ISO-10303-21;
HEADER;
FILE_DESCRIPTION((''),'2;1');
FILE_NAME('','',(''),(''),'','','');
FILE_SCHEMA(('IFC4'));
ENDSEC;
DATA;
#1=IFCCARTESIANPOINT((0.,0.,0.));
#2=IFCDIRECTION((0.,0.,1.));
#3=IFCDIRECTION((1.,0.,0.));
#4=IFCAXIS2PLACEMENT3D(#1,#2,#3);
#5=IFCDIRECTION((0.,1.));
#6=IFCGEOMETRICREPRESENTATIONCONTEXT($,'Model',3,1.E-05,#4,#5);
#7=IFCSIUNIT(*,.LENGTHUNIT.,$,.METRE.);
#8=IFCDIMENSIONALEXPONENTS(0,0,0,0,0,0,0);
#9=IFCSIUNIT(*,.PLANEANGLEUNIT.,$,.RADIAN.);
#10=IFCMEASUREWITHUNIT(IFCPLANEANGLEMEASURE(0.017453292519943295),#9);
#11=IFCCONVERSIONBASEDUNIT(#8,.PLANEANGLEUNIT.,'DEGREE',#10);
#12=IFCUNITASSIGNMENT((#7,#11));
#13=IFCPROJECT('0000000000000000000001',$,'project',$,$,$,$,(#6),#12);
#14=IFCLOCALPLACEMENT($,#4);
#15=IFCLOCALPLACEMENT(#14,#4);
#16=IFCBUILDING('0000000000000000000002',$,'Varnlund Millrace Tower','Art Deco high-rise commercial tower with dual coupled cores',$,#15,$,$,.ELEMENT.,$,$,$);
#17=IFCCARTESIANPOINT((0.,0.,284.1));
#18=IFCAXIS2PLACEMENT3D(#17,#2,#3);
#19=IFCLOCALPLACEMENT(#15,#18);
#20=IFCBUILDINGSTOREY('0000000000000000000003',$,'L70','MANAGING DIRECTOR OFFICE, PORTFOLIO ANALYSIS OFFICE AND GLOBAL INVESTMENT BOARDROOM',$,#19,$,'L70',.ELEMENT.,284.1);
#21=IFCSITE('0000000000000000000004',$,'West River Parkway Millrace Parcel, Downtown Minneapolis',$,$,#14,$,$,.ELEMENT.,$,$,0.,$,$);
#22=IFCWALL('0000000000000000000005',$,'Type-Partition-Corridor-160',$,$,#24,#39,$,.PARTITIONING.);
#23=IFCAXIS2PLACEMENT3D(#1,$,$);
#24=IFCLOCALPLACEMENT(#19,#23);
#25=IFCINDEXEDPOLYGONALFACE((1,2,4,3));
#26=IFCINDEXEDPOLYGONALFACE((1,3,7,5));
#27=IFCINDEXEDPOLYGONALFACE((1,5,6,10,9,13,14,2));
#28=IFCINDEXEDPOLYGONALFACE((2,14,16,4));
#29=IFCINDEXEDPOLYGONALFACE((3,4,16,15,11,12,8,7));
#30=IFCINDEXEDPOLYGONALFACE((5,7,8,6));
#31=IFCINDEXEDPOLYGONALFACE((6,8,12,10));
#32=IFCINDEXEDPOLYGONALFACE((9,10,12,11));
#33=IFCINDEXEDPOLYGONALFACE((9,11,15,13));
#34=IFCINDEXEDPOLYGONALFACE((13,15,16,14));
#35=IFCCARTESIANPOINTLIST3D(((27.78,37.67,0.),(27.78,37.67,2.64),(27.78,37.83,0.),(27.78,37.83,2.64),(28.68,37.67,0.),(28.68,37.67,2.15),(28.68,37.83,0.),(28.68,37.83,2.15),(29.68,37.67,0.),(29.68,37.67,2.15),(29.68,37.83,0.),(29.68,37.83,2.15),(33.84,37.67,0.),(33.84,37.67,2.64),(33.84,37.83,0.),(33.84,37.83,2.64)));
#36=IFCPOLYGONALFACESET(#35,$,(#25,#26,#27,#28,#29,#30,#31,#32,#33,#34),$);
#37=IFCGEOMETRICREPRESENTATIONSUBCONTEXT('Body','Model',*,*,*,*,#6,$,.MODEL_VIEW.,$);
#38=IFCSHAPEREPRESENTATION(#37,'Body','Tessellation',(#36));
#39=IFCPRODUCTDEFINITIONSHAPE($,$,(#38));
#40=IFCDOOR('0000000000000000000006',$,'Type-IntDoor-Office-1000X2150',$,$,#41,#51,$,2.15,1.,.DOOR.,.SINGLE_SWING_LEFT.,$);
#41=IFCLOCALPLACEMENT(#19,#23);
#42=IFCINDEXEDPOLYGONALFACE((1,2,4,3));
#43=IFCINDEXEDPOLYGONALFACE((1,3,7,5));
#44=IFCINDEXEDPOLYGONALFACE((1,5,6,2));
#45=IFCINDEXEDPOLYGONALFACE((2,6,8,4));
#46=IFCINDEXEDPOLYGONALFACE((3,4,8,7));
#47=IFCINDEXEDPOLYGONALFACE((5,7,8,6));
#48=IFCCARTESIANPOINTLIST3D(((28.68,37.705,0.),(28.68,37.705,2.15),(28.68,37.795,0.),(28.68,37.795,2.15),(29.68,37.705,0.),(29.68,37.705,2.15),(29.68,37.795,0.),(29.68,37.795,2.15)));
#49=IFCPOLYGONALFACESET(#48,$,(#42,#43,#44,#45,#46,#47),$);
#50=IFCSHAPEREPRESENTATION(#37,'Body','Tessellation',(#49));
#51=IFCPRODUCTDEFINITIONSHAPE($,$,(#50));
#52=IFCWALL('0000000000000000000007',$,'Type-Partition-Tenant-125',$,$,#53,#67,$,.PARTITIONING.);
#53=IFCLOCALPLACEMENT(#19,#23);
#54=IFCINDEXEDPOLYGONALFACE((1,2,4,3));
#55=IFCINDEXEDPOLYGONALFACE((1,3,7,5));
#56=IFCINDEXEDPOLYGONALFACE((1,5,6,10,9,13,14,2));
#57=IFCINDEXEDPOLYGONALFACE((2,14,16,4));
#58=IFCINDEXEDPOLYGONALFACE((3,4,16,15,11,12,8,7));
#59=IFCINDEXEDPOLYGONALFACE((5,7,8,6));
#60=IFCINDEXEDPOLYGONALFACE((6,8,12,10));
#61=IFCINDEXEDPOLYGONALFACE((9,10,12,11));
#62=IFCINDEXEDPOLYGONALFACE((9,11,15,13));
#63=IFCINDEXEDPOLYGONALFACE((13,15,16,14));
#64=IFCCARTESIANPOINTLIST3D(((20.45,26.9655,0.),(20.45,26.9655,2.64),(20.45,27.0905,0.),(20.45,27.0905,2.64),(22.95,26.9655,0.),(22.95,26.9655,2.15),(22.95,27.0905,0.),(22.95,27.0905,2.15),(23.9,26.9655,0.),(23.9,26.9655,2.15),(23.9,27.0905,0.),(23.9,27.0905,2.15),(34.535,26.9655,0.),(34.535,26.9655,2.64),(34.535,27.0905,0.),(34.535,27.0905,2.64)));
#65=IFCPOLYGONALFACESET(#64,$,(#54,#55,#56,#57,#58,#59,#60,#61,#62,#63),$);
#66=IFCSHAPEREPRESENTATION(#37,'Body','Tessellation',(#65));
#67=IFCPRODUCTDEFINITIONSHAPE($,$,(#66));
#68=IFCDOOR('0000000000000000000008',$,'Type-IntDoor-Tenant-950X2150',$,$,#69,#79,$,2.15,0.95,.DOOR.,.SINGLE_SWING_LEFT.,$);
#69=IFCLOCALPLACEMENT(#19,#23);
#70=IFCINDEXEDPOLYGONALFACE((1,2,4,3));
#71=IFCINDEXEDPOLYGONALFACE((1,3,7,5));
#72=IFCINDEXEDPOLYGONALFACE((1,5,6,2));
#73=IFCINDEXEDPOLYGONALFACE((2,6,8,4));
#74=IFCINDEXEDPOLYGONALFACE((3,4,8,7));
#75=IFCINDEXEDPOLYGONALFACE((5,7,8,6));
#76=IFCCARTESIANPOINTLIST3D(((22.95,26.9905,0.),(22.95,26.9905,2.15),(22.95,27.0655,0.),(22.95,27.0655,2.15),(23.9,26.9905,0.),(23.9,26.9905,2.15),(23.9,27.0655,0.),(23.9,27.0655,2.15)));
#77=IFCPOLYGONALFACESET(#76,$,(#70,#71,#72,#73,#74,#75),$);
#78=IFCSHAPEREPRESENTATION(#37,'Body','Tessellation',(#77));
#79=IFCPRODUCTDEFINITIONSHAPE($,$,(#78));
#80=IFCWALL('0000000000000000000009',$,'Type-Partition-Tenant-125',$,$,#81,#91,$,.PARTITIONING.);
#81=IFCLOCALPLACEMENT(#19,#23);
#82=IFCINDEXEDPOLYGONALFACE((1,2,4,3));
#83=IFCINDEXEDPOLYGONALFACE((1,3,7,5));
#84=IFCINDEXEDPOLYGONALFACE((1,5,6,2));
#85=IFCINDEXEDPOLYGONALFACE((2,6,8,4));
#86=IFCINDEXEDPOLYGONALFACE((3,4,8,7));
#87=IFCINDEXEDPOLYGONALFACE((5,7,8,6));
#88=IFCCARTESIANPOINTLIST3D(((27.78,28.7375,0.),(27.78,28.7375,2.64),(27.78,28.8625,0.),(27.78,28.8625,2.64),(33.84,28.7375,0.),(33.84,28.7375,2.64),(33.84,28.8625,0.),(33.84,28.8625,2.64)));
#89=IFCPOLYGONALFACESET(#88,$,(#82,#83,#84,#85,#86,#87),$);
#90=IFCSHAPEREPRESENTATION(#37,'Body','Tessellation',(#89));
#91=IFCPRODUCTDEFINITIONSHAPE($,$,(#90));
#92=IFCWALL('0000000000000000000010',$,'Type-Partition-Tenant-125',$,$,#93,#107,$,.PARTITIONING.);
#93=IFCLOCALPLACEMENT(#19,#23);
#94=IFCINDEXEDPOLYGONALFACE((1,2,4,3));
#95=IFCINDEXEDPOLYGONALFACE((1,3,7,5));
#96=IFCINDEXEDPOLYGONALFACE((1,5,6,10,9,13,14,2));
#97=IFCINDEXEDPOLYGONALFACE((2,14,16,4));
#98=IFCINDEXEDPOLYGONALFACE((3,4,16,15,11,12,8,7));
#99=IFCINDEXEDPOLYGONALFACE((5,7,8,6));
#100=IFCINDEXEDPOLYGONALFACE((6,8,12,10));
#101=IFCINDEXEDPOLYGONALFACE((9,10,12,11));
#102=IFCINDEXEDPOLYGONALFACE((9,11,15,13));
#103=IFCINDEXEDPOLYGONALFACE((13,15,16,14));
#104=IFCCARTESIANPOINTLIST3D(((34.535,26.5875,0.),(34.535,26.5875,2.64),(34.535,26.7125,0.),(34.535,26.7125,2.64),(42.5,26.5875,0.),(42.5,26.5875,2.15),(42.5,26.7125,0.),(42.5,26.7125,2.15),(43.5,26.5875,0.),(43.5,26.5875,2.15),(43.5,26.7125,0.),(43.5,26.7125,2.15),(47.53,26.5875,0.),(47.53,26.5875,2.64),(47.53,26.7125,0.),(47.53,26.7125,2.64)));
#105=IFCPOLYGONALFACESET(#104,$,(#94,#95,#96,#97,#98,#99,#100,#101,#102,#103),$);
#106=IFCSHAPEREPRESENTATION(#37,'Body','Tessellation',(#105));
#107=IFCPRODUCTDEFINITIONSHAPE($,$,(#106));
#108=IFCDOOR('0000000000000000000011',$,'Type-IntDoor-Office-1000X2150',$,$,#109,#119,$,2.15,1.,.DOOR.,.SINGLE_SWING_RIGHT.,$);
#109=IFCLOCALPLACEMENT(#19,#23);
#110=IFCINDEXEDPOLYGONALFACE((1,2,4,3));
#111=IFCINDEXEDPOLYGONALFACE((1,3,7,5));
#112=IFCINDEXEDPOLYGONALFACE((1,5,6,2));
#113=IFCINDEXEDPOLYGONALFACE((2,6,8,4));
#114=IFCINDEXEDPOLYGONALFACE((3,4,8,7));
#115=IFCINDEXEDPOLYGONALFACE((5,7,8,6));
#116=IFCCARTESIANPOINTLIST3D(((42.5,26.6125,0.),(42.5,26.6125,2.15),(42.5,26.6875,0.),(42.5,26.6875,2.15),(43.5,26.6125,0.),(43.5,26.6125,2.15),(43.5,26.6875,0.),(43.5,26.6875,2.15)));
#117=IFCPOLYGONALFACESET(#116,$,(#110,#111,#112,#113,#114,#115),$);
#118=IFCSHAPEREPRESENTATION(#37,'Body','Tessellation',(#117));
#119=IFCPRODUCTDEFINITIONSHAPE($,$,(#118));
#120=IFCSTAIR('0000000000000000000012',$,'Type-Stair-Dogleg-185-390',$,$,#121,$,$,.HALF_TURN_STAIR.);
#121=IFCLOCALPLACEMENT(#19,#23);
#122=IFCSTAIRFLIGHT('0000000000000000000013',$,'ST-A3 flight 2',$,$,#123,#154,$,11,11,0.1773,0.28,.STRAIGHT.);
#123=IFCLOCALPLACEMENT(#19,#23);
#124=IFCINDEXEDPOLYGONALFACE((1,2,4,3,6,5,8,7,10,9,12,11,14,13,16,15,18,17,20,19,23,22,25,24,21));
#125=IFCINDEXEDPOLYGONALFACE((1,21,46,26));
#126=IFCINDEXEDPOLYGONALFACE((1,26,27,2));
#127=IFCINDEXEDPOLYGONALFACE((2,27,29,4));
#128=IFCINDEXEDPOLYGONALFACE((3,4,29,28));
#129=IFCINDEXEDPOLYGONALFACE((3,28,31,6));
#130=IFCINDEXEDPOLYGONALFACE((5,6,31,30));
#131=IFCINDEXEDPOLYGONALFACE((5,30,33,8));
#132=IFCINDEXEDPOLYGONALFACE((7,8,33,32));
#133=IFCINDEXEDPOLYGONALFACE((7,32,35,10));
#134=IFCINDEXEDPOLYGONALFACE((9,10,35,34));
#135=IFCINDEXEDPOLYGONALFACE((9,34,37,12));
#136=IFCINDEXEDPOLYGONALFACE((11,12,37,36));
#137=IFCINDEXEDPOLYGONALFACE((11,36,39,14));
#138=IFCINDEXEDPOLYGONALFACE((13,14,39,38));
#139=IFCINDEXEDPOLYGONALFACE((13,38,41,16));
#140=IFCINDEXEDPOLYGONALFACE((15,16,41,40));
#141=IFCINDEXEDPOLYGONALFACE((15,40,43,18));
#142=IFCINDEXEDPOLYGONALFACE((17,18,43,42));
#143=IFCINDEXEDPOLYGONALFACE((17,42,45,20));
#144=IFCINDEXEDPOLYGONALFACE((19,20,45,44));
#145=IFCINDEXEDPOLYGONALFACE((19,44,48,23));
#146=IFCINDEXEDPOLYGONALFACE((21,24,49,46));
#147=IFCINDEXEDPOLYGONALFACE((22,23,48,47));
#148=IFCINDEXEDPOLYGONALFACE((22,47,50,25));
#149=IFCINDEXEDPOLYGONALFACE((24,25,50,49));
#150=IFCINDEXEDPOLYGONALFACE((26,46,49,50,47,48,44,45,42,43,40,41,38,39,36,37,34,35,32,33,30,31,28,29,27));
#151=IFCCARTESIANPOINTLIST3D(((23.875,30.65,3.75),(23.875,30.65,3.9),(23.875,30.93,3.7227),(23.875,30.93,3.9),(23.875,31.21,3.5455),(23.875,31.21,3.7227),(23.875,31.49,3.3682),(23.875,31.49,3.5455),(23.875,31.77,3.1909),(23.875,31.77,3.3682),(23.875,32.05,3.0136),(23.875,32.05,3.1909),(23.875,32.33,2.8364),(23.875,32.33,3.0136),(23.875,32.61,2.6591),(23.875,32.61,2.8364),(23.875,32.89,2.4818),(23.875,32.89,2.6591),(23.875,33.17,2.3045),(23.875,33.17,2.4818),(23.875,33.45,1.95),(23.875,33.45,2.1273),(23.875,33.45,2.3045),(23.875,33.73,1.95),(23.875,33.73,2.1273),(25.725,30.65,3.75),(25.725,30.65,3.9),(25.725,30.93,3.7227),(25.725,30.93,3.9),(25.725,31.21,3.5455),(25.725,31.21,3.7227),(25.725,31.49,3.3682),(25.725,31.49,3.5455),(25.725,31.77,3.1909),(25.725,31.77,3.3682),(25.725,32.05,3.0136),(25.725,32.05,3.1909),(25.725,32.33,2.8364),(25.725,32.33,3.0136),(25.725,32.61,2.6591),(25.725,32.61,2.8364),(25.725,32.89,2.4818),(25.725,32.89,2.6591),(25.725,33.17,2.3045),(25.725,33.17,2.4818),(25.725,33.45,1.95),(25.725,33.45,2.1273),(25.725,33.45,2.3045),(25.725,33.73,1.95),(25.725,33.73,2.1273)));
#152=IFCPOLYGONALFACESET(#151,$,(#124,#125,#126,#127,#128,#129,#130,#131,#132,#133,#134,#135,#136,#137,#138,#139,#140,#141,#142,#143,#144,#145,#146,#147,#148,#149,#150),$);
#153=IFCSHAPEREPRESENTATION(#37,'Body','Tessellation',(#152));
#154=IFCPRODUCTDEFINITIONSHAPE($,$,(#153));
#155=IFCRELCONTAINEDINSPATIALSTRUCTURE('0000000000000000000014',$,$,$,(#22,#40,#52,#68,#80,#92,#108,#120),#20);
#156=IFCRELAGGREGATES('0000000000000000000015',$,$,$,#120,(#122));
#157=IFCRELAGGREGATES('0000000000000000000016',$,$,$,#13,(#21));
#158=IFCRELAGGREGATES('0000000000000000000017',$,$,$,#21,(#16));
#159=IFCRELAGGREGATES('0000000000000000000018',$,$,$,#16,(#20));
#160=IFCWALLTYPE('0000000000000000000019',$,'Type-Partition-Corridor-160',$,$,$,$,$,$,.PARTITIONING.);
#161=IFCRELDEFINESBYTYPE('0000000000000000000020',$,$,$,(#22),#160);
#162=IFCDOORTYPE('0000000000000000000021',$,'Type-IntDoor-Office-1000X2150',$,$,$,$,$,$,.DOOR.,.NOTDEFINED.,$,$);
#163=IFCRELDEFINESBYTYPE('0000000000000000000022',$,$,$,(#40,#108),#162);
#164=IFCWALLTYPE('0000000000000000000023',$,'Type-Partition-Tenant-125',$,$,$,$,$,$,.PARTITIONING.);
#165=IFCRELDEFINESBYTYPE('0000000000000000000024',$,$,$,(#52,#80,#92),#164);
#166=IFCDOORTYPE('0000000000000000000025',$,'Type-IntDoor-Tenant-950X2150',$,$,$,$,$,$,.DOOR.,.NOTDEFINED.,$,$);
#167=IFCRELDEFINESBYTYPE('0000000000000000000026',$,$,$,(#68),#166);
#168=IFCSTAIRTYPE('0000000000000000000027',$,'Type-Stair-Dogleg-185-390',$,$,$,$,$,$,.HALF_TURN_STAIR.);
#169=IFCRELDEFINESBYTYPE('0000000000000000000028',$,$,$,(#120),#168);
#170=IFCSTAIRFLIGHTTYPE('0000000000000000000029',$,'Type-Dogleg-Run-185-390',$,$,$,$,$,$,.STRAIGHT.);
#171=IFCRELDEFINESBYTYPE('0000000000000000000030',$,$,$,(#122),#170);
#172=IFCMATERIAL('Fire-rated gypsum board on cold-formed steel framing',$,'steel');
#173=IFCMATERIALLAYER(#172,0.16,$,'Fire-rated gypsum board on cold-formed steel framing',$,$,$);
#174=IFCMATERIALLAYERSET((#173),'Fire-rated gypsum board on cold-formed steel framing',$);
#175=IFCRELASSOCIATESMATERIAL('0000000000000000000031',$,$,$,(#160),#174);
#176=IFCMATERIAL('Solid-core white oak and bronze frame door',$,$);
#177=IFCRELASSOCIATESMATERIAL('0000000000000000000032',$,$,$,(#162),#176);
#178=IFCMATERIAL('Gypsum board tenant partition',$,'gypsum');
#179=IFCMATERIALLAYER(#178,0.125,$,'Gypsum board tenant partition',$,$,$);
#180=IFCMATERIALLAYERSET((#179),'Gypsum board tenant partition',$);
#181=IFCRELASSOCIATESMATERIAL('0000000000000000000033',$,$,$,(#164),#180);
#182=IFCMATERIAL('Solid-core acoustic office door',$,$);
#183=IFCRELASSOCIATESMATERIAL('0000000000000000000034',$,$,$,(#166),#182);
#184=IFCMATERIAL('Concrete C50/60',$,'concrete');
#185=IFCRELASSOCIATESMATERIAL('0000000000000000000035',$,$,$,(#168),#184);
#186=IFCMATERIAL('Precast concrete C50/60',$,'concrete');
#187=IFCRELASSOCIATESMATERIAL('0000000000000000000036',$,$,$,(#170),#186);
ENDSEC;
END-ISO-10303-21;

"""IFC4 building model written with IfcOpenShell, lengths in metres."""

from ifc_helpers import new_model, entity, si_unit, converted_unit, direction, frame, origin_with_axes, origin_2d_with_axis, place, context, subcontext, project, spatial, polyline, rectangle, outline, extrude, material, layer, layer_set, type_object, element, fill, aggregate, save


model = new_model("IFC4")

# Units and contexts
model_context = context("Model", 3, precision=1e-05, world=origin_with_axes(), true_north=direction((0.0, 1.0)))
body_context = subcontext(model_context, "Body", "Model", "MODEL_VIEW")
ifc_project = project(units=[si_unit("LENGTHUNIT", "METRE"), converted_unit("PLANEANGLEUNIT", "DEGREE", entity("IfcPlaneAngleMeasure", 0.017453292519943295), si_unit("PLANEANGLEUNIT", "RADIAN"), dimensions=[0, 0, 0, 0, 0, 0, 0])], contexts=[model_context])

# Site, building, storey
site_placement = place(None, origin_with_axes())
site = spatial("IfcSite", under=ifc_project, at=site_placement, Name="West River Parkway Millrace Parcel, Downtown Minneapolis", CompositionType="ELEMENT", RefElevation=0.0)
building_placement = place(site_placement, origin_with_axes())
building = spatial("IfcBuilding", under=site, at=building_placement, Name="Varnlund Millrace Tower", Description="Art Deco high-rise commercial tower with dual coupled cores", CompositionType="ELEMENT")
storey_placement = place(building_placement, frame((0.0, 0.0, 284.1), z_axis=(0.0, 0.0, 1.0), x_axis=(1.0, 0.0, 0.0)))
storey = spatial("IfcBuildingStorey", under=building, at=storey_placement, Name="L70", Description="MANAGING DIRECTOR OFFICE, PORTFOLIO ANALYSIS OFFICE AND GLOBAL INVESTMENT BOARDROOM", LongName="L70", CompositionType="ELEMENT", Elevation=284.1)

# Shared definitions
ifc_material_1 = material(Name="Precast concrete C50/60", Category="concrete")

# Walls, openings, doors
ifc_material_2 = material(Name="Fire-rated gypsum board on cold-formed steel framing", Category="steel")
ifc_layer_1 = layer(ifc_material_2, 0.16, Name="Fire-rated gypsum board on cold-formed steel framing")
ifc_layer_set_1 = layer_set([ifc_layer_1], Name="Fire-rated gypsum board on cold-formed steel framing")
wall_type_1 = type_object("IfcWallType", Name="Type-Partition-Corridor-160", PredefinedType="PARTITIONING", material=ifc_layer_set_1)
wall_1_placement = place(storey_placement, frame((27.78, 37.75, 0.0), z_axis=(0.0, 0.0, 1.0), x_axis=(1.0, 0.0, 0.0)))
wall_1 = element("IfcWall", 1, at=wall_1_placement, inside=storey, type_object=wall_type_1, Name="Type-Partition-Corridor-160", PredefinedType="PARTITIONING", context=body_context, shape_type="SweptSolid", body=[
    extrude(outline(polyline([(0.0, -0.08), (6.06, -0.08), (6.06, 0.08), (0.0, 0.08), (0.0, -0.08)])), origin_with_axes(), (0.0, 0.0, 1.0), 2.64),
])
opening_1_placement = place(wall_1_placement, frame((1.4, 0.0, 0.0), z_axis=(0.0, 0.0, 1.0), x_axis=(1.0, 0.0, 0.0)))
opening_1 = element("IfcOpeningElement", 2, at=opening_1_placement, cuts=wall_1, PredefinedType="OPENING", context=body_context, shape_type="SweptSolid", body=[
    extrude(rectangle(XDim=1.0, YDim=0.18, at=origin_2d_with_axis()), origin_with_axes(), (0.0, 0.0, 1.0), 2.15),
])
ifc_material_3 = material(Name="Solid-core white oak and bronze frame door")
door_type_1 = type_object("IfcDoorType", Name="Type-IntDoor-Office-1000X2150", OperationType="NOTDEFINED", PredefinedType="DOOR", material=ifc_material_3)
door_1_placement = place(wall_1_placement, frame((1.4, 0.0, 0.0), z_axis=(0.0, 0.0, 1.0), x_axis=(1.0, 0.0, 0.0)))
door_1 = element("IfcDoor", 3, at=door_1_placement, inside=storey, type_object=door_type_1, Name="Type-IntDoor-Office-1000X2150", OperationType="SINGLE_SWING_LEFT", OverallHeight=2.15, OverallWidth=1.0, PredefinedType="DOOR", context=body_context, shape_type="SweptSolid", body=[
    extrude(rectangle(XDim=1.0, YDim=0.09, at=origin_2d_with_axis()), origin_with_axes(), (0.0, 0.0, 1.0), 2.15),
])
fill(opening_1, door_1)
ifc_material_4 = material(Name="Gypsum board tenant partition", Category="gypsum")
ifc_layer_2 = layer(ifc_material_4, 0.125, Name="Gypsum board tenant partition")
ifc_layer_set_2 = layer_set([ifc_layer_2], Name="Gypsum board tenant partition")
wall_type_2 = type_object("IfcWallType", Name="Type-Partition-Tenant-125", PredefinedType="PARTITIONING", material=ifc_layer_set_2)
wall_2_placement = place(storey_placement, frame((20.45, 27.028, 0.0), z_axis=(0.0, 0.0, 1.0), x_axis=(1.0, 0.0, 0.0)))
wall_2 = element("IfcWall", 4, at=wall_2_placement, inside=storey, type_object=wall_type_2, Name="Type-Partition-Tenant-125", PredefinedType="PARTITIONING", context=body_context, shape_type="SweptSolid", body=[
    extrude(outline(polyline([(0.0, -0.0625), (14.085, -0.0625), (14.085, 0.0625), (0.0, 0.0625), (0.0, -0.0625)])), origin_with_axes(), (0.0, 0.0, 1.0), 2.64),
])
opening_2_placement = place(wall_2_placement, frame((2.975, 0.0, 0.0), z_axis=(0.0, 0.0, 1.0), x_axis=(1.0, 0.0, 0.0)))
opening_2 = element("IfcOpeningElement", 5, at=opening_2_placement, cuts=wall_2, PredefinedType="OPENING", context=body_context, shape_type="SweptSolid", body=[
    extrude(rectangle(XDim=0.95, YDim=0.145, at=origin_2d_with_axis()), origin_with_axes(), (0.0, 0.0, 1.0), 2.15),
])
ifc_material_5 = material(Name="Solid-core acoustic office door")
door_type_2 = type_object("IfcDoorType", Name="Type-IntDoor-Tenant-950X2150", OperationType="NOTDEFINED", PredefinedType="DOOR", material=ifc_material_5)
door_2_placement = place(wall_2_placement, frame((2.975, 0.0, 0.0), z_axis=(0.0, 0.0, 1.0), x_axis=(1.0, 0.0, 0.0)))
door_2 = element("IfcDoor", 6, at=door_2_placement, inside=storey, type_object=door_type_2, Name="Type-IntDoor-Tenant-950X2150", OperationType="SINGLE_SWING_LEFT", OverallHeight=2.15, OverallWidth=0.95, PredefinedType="DOOR", context=body_context, shape_type="SweptSolid", body=[
    extrude(rectangle(XDim=0.95, YDim=0.075, at=origin_2d_with_axis()), origin_with_axes(), (0.0, 0.0, 1.0), 2.15),
])
fill(opening_2, door_2)

# Wall
wall_3_placement = place(storey_placement, frame((27.78, 28.8, 0.0), z_axis=(0.0, 0.0, 1.0), x_axis=(1.0, 0.0, 0.0)))
element("IfcWall", 7, at=wall_3_placement, inside=storey, type_object=wall_type_2, Name="Type-Partition-Tenant-125", PredefinedType="PARTITIONING", context=body_context, shape_type="SweptSolid", body=[
    extrude(outline(polyline([(0.0, -0.0625), (6.06, -0.0625), (6.06, 0.0625), (0.0, 0.0625), (0.0, -0.0625)])), origin_with_axes(), (0.0, 0.0, 1.0), 2.64),
])

# Wall, opening, door
wall_4_placement = place(storey_placement, frame((34.535, 26.65, 0.0), z_axis=(0.0, 0.0, 1.0), x_axis=(1.0, 0.0, 0.0)))
wall_4 = element("IfcWall", 8, at=wall_4_placement, inside=storey, type_object=wall_type_2, Name="Type-Partition-Tenant-125", PredefinedType="PARTITIONING", context=body_context, shape_type="SweptSolid", body=[
    extrude(outline(polyline([(0.0, -0.0625), (12.995, -0.0625), (12.995, 0.0625), (0.0, 0.0625), (0.0, -0.0625)])), origin_with_axes(), (0.0, 0.0, 1.0), 2.64),
])
opening_3_placement = place(wall_4_placement, frame((8.465, 0.0, 0.0), z_axis=(0.0, 0.0, 1.0), x_axis=(1.0, 0.0, 0.0)))
opening_3 = element("IfcOpeningElement", 9, at=opening_3_placement, cuts=wall_4, PredefinedType="OPENING", context=body_context, shape_type="SweptSolid", body=[
    extrude(rectangle(XDim=1.0, YDim=0.145, at=origin_2d_with_axis()), origin_with_axes(), (0.0, 0.0, 1.0), 2.15),
])
door_3_placement = place(wall_4_placement, frame((8.465, 0.0, 0.0), z_axis=(0.0, 0.0, 1.0), x_axis=(1.0, 0.0, 0.0)))
door_3 = element("IfcDoor", 10, at=door_3_placement, inside=storey, type_object=door_type_1, Name="Type-IntDoor-Office-1000X2150", OperationType="SINGLE_SWING_RIGHT", OverallHeight=2.15, OverallWidth=1.0, PredefinedType="DOOR", context=body_context, shape_type="SweptSolid", body=[
    extrude(rectangle(XDim=1.0, YDim=0.075, at=origin_2d_with_axis()), origin_with_axes(), (0.0, 0.0, 1.0), 2.15),
])
fill(opening_3, door_3)

# Stair, stair flight
ifc_material_6 = material(Name="Concrete C50/60", Category="concrete")
stair_type = type_object("IfcStairType", Name="Type-Stair-Dogleg-185-390", PredefinedType="HALF_TURN_STAIR", material=ifc_material_6)
stair_placement = place(storey_placement, origin_with_axes())
stair = element("IfcStair", 11, at=stair_placement, inside=storey, type_object=stair_type, Name="Type-Stair-Dogleg-185-390", PredefinedType="HALF_TURN_STAIR")
stair_flight_type = type_object("IfcStairFlightType", Name="Type-Dogleg-Run-185-390", PredefinedType="STRAIGHT", material=ifc_material_1)
stair_flight_placement = place(storey_placement, frame((25.725, 33.73, 1.95), z_axis=(-1.0, 0.0, 0.0), x_axis=(0.0, -1.0, 0.0)))
stair_flight = element("IfcStairFlight", 12, at=stair_flight_placement, type_object=stair_flight_type, Name="ST-A3 flight 2", NumberOfRisers=11, NumberOfTreads=11, PredefinedType="STRAIGHT", RiserHeight=0.1773, TreadLength=0.28, context=body_context, shape_type="SweptSolid", body=[
    extrude(outline(polyline([(0.0, 0.0), (0.0, 0.1773), (0.28, 0.1773), (0.28, 0.3545), (0.56, 0.3545), (0.56, 0.5318), (0.84, 0.5318), (0.84, 0.7091), (1.12, 0.7091), (1.12, 0.8864), (1.4, 0.8864), (1.4, 1.0636), (1.68, 1.0636), (1.68, 1.2409), (1.96, 1.2409), (1.96, 1.4182), (2.24, 1.4182), (2.24, 1.5955), (2.52, 1.5955), (2.52, 1.7727), (2.8, 1.7727), (2.8, 1.95), (3.08, 1.95), (3.08, 1.8), (0.28, 0.0), (0.0, 0.0)])), origin_with_axes(), (0.0, 0.0, 1.0), 1.85),
])
aggregate(stair, [stair_flight])

save(model, "model.ifc")
